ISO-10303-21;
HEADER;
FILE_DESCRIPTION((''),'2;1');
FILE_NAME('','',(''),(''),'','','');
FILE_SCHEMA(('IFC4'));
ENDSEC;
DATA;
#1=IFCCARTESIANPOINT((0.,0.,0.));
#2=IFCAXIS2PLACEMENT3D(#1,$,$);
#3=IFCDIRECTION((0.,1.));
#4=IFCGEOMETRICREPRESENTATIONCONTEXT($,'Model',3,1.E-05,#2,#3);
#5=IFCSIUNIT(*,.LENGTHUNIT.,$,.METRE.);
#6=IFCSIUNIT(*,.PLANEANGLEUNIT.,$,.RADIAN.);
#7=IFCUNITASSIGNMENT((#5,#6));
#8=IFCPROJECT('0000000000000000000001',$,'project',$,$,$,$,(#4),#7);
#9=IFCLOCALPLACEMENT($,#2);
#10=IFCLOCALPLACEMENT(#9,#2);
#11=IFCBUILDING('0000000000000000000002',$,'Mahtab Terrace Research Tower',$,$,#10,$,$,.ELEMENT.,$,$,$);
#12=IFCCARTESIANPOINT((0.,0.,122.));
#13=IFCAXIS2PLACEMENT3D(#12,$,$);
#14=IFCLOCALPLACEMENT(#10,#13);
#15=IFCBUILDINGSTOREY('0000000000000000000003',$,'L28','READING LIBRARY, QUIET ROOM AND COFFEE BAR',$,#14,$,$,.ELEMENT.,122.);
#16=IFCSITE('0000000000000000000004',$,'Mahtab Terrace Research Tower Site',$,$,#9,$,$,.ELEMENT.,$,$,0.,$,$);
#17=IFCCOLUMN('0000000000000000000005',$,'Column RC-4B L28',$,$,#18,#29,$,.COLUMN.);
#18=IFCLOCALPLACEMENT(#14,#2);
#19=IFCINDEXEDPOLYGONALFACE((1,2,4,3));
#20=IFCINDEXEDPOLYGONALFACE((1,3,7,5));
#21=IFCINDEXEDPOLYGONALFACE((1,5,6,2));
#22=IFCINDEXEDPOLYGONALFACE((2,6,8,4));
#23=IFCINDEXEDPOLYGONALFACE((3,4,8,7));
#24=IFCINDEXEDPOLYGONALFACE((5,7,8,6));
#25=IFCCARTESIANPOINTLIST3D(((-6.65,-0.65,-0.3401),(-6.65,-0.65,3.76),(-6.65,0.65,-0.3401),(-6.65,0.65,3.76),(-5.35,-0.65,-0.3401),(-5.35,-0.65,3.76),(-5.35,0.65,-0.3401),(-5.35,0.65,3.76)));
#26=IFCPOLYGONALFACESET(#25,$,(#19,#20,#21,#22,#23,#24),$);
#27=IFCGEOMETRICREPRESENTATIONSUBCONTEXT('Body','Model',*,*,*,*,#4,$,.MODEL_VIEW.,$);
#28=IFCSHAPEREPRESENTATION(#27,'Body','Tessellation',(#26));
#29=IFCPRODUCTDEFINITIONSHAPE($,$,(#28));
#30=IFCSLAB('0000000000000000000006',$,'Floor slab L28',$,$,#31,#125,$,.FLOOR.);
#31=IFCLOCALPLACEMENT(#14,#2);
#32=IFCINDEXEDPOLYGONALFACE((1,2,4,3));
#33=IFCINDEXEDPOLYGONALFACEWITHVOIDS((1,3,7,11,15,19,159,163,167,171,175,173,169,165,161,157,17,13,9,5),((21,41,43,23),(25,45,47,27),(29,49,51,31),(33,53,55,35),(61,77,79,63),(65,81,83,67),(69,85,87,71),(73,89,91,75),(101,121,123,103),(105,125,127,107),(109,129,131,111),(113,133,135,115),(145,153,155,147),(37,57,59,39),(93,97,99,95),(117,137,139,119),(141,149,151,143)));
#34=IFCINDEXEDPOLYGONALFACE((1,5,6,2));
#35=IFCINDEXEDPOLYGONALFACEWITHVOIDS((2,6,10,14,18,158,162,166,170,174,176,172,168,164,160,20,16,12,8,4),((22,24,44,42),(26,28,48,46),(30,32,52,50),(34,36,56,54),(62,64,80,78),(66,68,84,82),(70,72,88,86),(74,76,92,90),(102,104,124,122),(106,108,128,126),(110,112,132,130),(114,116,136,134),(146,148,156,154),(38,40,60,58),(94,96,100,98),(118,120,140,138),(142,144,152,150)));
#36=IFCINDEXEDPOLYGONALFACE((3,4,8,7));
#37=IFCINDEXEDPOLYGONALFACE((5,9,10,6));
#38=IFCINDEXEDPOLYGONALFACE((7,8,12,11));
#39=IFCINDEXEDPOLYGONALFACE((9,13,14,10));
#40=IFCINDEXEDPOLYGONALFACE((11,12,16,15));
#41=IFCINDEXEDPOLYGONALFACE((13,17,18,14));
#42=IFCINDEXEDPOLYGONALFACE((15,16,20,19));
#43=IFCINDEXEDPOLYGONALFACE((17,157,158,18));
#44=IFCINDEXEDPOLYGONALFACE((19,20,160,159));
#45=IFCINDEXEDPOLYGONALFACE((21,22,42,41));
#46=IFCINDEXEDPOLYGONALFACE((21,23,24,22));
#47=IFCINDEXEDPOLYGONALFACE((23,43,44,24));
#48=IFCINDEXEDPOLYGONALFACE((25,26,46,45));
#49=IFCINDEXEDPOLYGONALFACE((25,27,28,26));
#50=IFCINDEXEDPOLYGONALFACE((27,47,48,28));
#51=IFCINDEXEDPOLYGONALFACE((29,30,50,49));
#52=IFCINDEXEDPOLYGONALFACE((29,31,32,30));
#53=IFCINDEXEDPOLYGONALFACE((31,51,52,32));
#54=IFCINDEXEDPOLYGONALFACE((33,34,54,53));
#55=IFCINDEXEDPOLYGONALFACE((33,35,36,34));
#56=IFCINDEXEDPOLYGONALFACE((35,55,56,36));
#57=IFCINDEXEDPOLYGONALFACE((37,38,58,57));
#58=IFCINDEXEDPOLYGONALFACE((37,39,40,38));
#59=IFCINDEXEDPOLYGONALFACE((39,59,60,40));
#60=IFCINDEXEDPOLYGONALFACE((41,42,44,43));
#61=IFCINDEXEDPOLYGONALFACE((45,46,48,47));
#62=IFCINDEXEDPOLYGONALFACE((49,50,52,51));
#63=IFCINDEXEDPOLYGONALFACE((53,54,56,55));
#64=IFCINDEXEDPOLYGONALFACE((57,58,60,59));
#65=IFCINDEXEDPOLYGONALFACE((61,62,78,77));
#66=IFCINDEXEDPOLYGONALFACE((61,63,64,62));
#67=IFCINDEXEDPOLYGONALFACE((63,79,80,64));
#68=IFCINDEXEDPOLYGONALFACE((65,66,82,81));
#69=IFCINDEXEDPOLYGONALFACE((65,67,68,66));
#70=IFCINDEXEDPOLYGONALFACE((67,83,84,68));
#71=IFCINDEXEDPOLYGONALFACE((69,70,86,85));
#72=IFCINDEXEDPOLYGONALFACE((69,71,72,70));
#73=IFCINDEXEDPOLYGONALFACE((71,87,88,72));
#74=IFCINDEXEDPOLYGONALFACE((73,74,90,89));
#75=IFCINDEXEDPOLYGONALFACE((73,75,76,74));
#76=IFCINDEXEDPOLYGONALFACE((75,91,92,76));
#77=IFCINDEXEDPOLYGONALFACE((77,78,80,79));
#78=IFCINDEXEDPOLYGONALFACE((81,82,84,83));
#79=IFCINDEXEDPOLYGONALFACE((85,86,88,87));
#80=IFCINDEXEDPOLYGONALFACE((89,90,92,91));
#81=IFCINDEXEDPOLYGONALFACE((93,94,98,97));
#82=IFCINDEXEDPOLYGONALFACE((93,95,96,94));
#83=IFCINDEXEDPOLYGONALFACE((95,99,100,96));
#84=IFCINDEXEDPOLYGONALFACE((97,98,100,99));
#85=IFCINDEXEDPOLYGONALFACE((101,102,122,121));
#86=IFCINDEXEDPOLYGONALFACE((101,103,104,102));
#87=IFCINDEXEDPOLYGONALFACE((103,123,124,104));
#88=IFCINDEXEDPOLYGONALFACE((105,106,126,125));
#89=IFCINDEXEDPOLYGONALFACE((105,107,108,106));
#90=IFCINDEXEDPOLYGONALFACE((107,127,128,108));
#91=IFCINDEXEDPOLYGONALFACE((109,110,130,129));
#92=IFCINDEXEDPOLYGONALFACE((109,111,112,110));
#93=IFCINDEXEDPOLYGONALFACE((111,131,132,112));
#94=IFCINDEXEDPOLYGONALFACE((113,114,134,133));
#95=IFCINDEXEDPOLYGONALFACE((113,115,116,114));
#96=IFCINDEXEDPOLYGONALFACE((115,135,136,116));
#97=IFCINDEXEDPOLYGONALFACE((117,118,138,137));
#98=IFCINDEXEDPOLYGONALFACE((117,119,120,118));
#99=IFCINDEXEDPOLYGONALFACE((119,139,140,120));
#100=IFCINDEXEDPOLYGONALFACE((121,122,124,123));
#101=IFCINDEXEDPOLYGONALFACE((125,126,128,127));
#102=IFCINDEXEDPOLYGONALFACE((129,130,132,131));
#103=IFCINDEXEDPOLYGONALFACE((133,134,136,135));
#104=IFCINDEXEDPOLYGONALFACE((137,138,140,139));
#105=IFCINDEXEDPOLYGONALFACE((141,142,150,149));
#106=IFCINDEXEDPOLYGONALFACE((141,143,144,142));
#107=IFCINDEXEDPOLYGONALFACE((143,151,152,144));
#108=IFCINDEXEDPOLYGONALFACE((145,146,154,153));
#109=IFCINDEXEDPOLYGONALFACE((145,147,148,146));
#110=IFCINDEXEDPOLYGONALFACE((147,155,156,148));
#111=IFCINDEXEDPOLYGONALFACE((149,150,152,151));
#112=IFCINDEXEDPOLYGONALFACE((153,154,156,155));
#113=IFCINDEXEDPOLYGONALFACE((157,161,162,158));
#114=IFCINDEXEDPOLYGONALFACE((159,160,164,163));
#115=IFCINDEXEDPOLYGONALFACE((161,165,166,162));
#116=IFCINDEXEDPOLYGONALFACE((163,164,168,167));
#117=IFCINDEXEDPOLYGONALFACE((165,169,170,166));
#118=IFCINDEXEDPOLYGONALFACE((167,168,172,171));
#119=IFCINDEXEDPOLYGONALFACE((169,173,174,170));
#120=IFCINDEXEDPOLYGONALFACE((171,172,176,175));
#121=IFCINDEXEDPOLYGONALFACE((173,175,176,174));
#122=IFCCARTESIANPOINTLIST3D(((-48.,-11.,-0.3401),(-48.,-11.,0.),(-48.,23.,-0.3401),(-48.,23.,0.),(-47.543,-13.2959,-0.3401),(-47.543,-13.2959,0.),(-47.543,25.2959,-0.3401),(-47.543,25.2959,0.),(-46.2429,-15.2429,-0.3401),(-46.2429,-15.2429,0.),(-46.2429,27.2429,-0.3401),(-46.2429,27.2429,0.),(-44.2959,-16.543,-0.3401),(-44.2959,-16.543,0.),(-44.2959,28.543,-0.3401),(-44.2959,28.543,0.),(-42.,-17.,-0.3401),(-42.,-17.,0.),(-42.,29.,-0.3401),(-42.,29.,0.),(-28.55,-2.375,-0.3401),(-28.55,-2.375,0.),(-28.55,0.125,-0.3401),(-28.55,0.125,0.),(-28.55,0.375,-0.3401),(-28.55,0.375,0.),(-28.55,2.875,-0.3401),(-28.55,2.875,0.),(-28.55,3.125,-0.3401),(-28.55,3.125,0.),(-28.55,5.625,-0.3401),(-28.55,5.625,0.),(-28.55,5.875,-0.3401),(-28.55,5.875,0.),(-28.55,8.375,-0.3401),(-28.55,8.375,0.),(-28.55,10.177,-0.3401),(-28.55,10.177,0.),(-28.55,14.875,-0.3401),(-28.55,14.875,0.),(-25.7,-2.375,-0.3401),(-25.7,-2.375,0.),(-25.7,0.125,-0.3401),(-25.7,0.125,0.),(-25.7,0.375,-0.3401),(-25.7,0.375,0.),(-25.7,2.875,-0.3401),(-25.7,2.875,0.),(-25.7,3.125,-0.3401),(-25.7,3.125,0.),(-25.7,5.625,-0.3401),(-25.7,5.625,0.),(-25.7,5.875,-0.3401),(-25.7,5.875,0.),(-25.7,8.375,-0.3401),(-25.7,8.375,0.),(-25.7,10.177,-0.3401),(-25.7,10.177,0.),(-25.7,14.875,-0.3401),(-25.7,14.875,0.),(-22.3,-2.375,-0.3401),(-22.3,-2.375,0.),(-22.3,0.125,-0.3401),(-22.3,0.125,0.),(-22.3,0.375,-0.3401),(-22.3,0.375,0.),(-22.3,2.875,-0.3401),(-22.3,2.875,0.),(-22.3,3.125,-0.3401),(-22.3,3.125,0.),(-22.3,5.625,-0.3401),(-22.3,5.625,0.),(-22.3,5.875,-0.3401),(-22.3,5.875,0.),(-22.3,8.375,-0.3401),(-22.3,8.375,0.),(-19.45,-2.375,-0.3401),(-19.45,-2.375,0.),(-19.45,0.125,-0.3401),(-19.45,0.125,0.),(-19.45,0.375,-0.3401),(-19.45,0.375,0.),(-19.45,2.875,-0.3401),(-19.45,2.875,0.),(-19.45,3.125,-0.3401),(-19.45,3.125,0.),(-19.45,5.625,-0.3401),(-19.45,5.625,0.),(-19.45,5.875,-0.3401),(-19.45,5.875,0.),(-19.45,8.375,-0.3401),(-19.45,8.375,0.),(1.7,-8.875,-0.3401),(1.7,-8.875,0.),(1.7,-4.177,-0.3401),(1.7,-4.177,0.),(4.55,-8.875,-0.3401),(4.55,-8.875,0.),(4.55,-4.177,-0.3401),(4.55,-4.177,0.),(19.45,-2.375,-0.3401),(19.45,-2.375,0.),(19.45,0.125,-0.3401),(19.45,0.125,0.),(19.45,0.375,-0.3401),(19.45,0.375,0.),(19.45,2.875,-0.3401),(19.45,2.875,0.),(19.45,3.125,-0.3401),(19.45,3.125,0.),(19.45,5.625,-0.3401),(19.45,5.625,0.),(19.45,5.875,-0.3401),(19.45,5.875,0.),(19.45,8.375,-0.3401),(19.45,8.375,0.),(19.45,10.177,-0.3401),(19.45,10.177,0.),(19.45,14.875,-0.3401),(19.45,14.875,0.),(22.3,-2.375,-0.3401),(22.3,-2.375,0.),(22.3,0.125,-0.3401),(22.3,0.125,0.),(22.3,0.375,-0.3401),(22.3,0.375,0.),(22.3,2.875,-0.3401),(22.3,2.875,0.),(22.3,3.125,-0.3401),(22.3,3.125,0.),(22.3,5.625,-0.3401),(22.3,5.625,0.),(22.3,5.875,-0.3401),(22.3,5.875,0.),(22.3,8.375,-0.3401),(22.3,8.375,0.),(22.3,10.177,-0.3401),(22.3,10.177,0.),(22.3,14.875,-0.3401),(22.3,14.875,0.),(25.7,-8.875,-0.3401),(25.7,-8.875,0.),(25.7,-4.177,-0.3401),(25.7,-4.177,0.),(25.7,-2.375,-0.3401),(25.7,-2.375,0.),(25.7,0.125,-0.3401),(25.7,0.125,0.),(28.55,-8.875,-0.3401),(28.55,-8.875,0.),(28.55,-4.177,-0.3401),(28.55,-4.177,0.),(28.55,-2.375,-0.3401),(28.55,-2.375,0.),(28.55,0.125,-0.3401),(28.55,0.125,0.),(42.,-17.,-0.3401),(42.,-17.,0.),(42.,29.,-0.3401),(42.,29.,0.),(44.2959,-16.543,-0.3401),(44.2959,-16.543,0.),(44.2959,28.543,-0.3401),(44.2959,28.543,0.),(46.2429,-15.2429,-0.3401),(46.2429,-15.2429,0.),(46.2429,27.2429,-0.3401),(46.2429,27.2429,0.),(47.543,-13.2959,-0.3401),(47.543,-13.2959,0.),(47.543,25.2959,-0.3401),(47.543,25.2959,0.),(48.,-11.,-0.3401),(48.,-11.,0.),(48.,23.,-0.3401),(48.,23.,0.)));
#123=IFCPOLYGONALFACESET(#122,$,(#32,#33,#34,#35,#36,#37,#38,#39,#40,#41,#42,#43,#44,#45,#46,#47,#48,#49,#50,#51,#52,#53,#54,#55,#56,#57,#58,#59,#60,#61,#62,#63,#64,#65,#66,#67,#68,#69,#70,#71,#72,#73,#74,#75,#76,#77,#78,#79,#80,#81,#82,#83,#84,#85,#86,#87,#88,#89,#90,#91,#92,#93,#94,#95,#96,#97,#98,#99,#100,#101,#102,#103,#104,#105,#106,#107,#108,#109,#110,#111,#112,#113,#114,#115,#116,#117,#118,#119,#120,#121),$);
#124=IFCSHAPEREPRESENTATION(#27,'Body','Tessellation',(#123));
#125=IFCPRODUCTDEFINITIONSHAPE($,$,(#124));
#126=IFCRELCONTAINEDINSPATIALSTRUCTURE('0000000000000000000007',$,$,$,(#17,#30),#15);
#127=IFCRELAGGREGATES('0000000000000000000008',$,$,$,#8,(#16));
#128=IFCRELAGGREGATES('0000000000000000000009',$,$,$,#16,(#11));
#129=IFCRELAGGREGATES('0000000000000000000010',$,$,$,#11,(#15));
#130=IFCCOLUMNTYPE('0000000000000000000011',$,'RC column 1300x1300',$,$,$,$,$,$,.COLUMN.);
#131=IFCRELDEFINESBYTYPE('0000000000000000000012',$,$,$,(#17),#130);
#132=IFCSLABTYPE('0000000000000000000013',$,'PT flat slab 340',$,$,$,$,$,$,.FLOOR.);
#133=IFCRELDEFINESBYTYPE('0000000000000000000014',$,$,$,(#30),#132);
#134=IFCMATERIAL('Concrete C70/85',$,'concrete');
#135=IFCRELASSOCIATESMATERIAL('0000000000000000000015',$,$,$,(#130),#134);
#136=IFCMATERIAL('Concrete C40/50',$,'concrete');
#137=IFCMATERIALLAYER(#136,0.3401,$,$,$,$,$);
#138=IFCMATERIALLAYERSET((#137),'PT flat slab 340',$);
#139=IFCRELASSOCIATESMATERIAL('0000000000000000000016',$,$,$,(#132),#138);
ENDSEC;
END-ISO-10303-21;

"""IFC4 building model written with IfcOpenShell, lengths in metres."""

from ifc_helpers import new_model, si_unit, direction, frame, origin, origin_2d, place, context, subcontext, project, spatial, polyline, rectangle, outline, extrude, material, layer, layer_set, material_profile, profile_set, type_object, element, save


model = new_model("IFC4")

# Units and contexts
model_context = context("Model", 3, precision=1e-05, world=origin(), true_north=direction((0.0, 1.0)))
body_context = subcontext(model_context, "Body", "Model", "MODEL_VIEW")
ifc_project = project(units=[si_unit("LENGTHUNIT", "METRE"), si_unit("PLANEANGLEUNIT", "RADIAN")], contexts=[model_context])

# Site, building, storey
site_placement = place(None, origin())
site = spatial("IfcSite", under=ifc_project, at=site_placement, Name="Mahtab Terrace Research Tower Site", CompositionType="ELEMENT", RefElevation=0.0)
building_placement = place(site_placement, origin())
building = spatial("IfcBuilding", under=site, at=building_placement, Name="Mahtab Terrace Research Tower", CompositionType="ELEMENT")
storey_placement = place(building_placement, frame((0.0, 0.0, 122.0)))
storey = spatial("IfcBuildingStorey", under=building, at=storey_placement, Name="L28", Description="READING LIBRARY, QUIET ROOM AND COFFEE BAR", CompositionType="ELEMENT", Elevation=122.0)

# Column
ifc_material_1 = material(Name="Concrete C70/85", Category="concrete")
ifc_material_profile = material_profile(ifc_material_1, rectangle(XDim=1.3, YDim=1.3, at=origin_2d()), Name="RC column 1300x1300")
ifc_profile_set = profile_set([ifc_material_profile], Name="Concrete C70/85")
column_type = type_object("IfcColumnType", Name="RC column 1300x1300", PredefinedType="COLUMN", material=ifc_profile_set)
column_placement = place(storey_placement, frame((-6.0, 0.0, -0.3401), z_axis=(0.0, 0.0, 1.0), x_axis=(1.0, 0.0, 0.0)))
element("IfcColumn", 1, at=column_placement, inside=storey, type_object=column_type, Name="Column RC-4B L28", PredefinedType="COLUMN", context=body_context, shape_type="SweptSolid", body=[
    extrude(rectangle(XDim=1.3, YDim=1.3, at=origin_2d()), origin(), (0.0, 0.0, 1.0), 4.1001),
])

# Slab
ifc_material_2 = material(Name="Concrete C40/50", Category="concrete")
ifc_layer_1 = layer(ifc_material_2, 0.3401)
ifc_layer_set_1 = layer_set([ifc_layer_1], Name="PT flat slab 340")
slab_type_1 = type_object("IfcSlabType", Name="PT flat slab 340", PredefinedType="FLOOR", material=ifc_layer_set_1)
slab_1_placement = place(storey_placement, frame((0.0, 0.0, -0.3401)))
element("IfcSlab", 2, at=slab_1_placement, inside=storey, type_object=slab_type_1, Name="Floor slab L28", PredefinedType="FLOOR", context=body_context, shape_type="SweptSolid", body=[
    extrude(outline(polyline([(47.543, 25.2959), (46.2429, 27.2429), (44.2959, 28.543), (42.0, 29.0), (-42.0, 29.0), (-44.2959, 28.543), (-46.2429, 27.2429), (-47.543, 25.2959), (-48.0, 23.0), (-48.0, -11.0), (-47.543, -13.2959), (-46.2429, -15.2429), (-44.2959, -16.543), (-42.0, -17.0), (42.0, -17.0), (44.2959, -16.543), (46.2429, -15.2429), (47.543, -13.2959), (48.0, -11.0), (48.0, 23.0), (47.543, 25.2959)]), holes=[polyline([(-28.55, -2.375), (-28.55, 0.125), (-25.7, 0.125), (-25.7, -2.375), (-28.55, -2.375)]), polyline([(-22.3, -2.375), (-22.3, 0.125), (-19.45, 0.125), (-19.45, -2.375), (-22.3, -2.375)]), polyline([(-28.55, 0.375), (-28.55, 2.875), (-25.7, 2.875), (-25.7, 0.375), (-28.55, 0.375)]), polyline([(-22.3, 0.375), (-22.3, 2.875), (-19.45, 2.875), (-19.45, 0.375), (-22.3, 0.375)]), polyline([(-28.55, 3.125), (-28.55, 5.625), (-25.7, 5.625), (-25.7, 3.125), (-28.55, 3.125)]), polyline([(-22.3, 3.125), (-22.3, 5.625), (-19.45, 5.625), (-19.45, 3.125), (-22.3, 3.125)]), polyline([(-28.55, 5.875), (-28.55, 8.375), (-25.7, 8.375), (-25.7, 5.875), (-28.55, 5.875)]), polyline([(-22.3, 5.875), (-22.3, 8.375), (-19.45, 8.375), (-19.45, 5.875), (-22.3, 5.875)]), polyline([(-28.55, 10.177), (-28.55, 14.875), (-25.7, 14.875), (-25.7, 10.177), (-28.55, 10.177)]), polyline([(1.7, -8.875), (1.7, -4.177), (4.55, -4.177), (4.55, -8.875), (1.7, -8.875)]), polyline([(25.7, -8.875), (25.7, -4.177), (28.55, -4.177), (28.55, -8.875), (25.7, -8.875)]), polyline([(19.45, -2.375), (19.45, 0.125), (22.3, 0.125), (22.3, -2.375), (19.45, -2.375)]), polyline([(25.7, -2.375), (25.7, 0.125), (28.55, 0.125), (28.55, -2.375), (25.7, -2.375)]), polyline([(19.45, 0.375), (19.45, 2.875), (22.3, 2.875), (22.3, 0.375), (19.45, 0.375)]), polyline([(19.45, 3.125), (19.45, 5.625), (22.3, 5.625), (22.3, 3.125), (19.45, 3.125)]), polyline([(19.45, 8.375), (22.3, 8.375), (22.3, 5.875), (19.45, 5.875), (19.45, 8.375)]), polyline([(19.45, 14.875), (22.3, 14.875), (22.3, 10.177), (19.45, 10.177), (19.45, 14.875)])]), origin(), (0.0, 0.0, 1.0), 0.3401),
])

save(model, "model.ifc")
